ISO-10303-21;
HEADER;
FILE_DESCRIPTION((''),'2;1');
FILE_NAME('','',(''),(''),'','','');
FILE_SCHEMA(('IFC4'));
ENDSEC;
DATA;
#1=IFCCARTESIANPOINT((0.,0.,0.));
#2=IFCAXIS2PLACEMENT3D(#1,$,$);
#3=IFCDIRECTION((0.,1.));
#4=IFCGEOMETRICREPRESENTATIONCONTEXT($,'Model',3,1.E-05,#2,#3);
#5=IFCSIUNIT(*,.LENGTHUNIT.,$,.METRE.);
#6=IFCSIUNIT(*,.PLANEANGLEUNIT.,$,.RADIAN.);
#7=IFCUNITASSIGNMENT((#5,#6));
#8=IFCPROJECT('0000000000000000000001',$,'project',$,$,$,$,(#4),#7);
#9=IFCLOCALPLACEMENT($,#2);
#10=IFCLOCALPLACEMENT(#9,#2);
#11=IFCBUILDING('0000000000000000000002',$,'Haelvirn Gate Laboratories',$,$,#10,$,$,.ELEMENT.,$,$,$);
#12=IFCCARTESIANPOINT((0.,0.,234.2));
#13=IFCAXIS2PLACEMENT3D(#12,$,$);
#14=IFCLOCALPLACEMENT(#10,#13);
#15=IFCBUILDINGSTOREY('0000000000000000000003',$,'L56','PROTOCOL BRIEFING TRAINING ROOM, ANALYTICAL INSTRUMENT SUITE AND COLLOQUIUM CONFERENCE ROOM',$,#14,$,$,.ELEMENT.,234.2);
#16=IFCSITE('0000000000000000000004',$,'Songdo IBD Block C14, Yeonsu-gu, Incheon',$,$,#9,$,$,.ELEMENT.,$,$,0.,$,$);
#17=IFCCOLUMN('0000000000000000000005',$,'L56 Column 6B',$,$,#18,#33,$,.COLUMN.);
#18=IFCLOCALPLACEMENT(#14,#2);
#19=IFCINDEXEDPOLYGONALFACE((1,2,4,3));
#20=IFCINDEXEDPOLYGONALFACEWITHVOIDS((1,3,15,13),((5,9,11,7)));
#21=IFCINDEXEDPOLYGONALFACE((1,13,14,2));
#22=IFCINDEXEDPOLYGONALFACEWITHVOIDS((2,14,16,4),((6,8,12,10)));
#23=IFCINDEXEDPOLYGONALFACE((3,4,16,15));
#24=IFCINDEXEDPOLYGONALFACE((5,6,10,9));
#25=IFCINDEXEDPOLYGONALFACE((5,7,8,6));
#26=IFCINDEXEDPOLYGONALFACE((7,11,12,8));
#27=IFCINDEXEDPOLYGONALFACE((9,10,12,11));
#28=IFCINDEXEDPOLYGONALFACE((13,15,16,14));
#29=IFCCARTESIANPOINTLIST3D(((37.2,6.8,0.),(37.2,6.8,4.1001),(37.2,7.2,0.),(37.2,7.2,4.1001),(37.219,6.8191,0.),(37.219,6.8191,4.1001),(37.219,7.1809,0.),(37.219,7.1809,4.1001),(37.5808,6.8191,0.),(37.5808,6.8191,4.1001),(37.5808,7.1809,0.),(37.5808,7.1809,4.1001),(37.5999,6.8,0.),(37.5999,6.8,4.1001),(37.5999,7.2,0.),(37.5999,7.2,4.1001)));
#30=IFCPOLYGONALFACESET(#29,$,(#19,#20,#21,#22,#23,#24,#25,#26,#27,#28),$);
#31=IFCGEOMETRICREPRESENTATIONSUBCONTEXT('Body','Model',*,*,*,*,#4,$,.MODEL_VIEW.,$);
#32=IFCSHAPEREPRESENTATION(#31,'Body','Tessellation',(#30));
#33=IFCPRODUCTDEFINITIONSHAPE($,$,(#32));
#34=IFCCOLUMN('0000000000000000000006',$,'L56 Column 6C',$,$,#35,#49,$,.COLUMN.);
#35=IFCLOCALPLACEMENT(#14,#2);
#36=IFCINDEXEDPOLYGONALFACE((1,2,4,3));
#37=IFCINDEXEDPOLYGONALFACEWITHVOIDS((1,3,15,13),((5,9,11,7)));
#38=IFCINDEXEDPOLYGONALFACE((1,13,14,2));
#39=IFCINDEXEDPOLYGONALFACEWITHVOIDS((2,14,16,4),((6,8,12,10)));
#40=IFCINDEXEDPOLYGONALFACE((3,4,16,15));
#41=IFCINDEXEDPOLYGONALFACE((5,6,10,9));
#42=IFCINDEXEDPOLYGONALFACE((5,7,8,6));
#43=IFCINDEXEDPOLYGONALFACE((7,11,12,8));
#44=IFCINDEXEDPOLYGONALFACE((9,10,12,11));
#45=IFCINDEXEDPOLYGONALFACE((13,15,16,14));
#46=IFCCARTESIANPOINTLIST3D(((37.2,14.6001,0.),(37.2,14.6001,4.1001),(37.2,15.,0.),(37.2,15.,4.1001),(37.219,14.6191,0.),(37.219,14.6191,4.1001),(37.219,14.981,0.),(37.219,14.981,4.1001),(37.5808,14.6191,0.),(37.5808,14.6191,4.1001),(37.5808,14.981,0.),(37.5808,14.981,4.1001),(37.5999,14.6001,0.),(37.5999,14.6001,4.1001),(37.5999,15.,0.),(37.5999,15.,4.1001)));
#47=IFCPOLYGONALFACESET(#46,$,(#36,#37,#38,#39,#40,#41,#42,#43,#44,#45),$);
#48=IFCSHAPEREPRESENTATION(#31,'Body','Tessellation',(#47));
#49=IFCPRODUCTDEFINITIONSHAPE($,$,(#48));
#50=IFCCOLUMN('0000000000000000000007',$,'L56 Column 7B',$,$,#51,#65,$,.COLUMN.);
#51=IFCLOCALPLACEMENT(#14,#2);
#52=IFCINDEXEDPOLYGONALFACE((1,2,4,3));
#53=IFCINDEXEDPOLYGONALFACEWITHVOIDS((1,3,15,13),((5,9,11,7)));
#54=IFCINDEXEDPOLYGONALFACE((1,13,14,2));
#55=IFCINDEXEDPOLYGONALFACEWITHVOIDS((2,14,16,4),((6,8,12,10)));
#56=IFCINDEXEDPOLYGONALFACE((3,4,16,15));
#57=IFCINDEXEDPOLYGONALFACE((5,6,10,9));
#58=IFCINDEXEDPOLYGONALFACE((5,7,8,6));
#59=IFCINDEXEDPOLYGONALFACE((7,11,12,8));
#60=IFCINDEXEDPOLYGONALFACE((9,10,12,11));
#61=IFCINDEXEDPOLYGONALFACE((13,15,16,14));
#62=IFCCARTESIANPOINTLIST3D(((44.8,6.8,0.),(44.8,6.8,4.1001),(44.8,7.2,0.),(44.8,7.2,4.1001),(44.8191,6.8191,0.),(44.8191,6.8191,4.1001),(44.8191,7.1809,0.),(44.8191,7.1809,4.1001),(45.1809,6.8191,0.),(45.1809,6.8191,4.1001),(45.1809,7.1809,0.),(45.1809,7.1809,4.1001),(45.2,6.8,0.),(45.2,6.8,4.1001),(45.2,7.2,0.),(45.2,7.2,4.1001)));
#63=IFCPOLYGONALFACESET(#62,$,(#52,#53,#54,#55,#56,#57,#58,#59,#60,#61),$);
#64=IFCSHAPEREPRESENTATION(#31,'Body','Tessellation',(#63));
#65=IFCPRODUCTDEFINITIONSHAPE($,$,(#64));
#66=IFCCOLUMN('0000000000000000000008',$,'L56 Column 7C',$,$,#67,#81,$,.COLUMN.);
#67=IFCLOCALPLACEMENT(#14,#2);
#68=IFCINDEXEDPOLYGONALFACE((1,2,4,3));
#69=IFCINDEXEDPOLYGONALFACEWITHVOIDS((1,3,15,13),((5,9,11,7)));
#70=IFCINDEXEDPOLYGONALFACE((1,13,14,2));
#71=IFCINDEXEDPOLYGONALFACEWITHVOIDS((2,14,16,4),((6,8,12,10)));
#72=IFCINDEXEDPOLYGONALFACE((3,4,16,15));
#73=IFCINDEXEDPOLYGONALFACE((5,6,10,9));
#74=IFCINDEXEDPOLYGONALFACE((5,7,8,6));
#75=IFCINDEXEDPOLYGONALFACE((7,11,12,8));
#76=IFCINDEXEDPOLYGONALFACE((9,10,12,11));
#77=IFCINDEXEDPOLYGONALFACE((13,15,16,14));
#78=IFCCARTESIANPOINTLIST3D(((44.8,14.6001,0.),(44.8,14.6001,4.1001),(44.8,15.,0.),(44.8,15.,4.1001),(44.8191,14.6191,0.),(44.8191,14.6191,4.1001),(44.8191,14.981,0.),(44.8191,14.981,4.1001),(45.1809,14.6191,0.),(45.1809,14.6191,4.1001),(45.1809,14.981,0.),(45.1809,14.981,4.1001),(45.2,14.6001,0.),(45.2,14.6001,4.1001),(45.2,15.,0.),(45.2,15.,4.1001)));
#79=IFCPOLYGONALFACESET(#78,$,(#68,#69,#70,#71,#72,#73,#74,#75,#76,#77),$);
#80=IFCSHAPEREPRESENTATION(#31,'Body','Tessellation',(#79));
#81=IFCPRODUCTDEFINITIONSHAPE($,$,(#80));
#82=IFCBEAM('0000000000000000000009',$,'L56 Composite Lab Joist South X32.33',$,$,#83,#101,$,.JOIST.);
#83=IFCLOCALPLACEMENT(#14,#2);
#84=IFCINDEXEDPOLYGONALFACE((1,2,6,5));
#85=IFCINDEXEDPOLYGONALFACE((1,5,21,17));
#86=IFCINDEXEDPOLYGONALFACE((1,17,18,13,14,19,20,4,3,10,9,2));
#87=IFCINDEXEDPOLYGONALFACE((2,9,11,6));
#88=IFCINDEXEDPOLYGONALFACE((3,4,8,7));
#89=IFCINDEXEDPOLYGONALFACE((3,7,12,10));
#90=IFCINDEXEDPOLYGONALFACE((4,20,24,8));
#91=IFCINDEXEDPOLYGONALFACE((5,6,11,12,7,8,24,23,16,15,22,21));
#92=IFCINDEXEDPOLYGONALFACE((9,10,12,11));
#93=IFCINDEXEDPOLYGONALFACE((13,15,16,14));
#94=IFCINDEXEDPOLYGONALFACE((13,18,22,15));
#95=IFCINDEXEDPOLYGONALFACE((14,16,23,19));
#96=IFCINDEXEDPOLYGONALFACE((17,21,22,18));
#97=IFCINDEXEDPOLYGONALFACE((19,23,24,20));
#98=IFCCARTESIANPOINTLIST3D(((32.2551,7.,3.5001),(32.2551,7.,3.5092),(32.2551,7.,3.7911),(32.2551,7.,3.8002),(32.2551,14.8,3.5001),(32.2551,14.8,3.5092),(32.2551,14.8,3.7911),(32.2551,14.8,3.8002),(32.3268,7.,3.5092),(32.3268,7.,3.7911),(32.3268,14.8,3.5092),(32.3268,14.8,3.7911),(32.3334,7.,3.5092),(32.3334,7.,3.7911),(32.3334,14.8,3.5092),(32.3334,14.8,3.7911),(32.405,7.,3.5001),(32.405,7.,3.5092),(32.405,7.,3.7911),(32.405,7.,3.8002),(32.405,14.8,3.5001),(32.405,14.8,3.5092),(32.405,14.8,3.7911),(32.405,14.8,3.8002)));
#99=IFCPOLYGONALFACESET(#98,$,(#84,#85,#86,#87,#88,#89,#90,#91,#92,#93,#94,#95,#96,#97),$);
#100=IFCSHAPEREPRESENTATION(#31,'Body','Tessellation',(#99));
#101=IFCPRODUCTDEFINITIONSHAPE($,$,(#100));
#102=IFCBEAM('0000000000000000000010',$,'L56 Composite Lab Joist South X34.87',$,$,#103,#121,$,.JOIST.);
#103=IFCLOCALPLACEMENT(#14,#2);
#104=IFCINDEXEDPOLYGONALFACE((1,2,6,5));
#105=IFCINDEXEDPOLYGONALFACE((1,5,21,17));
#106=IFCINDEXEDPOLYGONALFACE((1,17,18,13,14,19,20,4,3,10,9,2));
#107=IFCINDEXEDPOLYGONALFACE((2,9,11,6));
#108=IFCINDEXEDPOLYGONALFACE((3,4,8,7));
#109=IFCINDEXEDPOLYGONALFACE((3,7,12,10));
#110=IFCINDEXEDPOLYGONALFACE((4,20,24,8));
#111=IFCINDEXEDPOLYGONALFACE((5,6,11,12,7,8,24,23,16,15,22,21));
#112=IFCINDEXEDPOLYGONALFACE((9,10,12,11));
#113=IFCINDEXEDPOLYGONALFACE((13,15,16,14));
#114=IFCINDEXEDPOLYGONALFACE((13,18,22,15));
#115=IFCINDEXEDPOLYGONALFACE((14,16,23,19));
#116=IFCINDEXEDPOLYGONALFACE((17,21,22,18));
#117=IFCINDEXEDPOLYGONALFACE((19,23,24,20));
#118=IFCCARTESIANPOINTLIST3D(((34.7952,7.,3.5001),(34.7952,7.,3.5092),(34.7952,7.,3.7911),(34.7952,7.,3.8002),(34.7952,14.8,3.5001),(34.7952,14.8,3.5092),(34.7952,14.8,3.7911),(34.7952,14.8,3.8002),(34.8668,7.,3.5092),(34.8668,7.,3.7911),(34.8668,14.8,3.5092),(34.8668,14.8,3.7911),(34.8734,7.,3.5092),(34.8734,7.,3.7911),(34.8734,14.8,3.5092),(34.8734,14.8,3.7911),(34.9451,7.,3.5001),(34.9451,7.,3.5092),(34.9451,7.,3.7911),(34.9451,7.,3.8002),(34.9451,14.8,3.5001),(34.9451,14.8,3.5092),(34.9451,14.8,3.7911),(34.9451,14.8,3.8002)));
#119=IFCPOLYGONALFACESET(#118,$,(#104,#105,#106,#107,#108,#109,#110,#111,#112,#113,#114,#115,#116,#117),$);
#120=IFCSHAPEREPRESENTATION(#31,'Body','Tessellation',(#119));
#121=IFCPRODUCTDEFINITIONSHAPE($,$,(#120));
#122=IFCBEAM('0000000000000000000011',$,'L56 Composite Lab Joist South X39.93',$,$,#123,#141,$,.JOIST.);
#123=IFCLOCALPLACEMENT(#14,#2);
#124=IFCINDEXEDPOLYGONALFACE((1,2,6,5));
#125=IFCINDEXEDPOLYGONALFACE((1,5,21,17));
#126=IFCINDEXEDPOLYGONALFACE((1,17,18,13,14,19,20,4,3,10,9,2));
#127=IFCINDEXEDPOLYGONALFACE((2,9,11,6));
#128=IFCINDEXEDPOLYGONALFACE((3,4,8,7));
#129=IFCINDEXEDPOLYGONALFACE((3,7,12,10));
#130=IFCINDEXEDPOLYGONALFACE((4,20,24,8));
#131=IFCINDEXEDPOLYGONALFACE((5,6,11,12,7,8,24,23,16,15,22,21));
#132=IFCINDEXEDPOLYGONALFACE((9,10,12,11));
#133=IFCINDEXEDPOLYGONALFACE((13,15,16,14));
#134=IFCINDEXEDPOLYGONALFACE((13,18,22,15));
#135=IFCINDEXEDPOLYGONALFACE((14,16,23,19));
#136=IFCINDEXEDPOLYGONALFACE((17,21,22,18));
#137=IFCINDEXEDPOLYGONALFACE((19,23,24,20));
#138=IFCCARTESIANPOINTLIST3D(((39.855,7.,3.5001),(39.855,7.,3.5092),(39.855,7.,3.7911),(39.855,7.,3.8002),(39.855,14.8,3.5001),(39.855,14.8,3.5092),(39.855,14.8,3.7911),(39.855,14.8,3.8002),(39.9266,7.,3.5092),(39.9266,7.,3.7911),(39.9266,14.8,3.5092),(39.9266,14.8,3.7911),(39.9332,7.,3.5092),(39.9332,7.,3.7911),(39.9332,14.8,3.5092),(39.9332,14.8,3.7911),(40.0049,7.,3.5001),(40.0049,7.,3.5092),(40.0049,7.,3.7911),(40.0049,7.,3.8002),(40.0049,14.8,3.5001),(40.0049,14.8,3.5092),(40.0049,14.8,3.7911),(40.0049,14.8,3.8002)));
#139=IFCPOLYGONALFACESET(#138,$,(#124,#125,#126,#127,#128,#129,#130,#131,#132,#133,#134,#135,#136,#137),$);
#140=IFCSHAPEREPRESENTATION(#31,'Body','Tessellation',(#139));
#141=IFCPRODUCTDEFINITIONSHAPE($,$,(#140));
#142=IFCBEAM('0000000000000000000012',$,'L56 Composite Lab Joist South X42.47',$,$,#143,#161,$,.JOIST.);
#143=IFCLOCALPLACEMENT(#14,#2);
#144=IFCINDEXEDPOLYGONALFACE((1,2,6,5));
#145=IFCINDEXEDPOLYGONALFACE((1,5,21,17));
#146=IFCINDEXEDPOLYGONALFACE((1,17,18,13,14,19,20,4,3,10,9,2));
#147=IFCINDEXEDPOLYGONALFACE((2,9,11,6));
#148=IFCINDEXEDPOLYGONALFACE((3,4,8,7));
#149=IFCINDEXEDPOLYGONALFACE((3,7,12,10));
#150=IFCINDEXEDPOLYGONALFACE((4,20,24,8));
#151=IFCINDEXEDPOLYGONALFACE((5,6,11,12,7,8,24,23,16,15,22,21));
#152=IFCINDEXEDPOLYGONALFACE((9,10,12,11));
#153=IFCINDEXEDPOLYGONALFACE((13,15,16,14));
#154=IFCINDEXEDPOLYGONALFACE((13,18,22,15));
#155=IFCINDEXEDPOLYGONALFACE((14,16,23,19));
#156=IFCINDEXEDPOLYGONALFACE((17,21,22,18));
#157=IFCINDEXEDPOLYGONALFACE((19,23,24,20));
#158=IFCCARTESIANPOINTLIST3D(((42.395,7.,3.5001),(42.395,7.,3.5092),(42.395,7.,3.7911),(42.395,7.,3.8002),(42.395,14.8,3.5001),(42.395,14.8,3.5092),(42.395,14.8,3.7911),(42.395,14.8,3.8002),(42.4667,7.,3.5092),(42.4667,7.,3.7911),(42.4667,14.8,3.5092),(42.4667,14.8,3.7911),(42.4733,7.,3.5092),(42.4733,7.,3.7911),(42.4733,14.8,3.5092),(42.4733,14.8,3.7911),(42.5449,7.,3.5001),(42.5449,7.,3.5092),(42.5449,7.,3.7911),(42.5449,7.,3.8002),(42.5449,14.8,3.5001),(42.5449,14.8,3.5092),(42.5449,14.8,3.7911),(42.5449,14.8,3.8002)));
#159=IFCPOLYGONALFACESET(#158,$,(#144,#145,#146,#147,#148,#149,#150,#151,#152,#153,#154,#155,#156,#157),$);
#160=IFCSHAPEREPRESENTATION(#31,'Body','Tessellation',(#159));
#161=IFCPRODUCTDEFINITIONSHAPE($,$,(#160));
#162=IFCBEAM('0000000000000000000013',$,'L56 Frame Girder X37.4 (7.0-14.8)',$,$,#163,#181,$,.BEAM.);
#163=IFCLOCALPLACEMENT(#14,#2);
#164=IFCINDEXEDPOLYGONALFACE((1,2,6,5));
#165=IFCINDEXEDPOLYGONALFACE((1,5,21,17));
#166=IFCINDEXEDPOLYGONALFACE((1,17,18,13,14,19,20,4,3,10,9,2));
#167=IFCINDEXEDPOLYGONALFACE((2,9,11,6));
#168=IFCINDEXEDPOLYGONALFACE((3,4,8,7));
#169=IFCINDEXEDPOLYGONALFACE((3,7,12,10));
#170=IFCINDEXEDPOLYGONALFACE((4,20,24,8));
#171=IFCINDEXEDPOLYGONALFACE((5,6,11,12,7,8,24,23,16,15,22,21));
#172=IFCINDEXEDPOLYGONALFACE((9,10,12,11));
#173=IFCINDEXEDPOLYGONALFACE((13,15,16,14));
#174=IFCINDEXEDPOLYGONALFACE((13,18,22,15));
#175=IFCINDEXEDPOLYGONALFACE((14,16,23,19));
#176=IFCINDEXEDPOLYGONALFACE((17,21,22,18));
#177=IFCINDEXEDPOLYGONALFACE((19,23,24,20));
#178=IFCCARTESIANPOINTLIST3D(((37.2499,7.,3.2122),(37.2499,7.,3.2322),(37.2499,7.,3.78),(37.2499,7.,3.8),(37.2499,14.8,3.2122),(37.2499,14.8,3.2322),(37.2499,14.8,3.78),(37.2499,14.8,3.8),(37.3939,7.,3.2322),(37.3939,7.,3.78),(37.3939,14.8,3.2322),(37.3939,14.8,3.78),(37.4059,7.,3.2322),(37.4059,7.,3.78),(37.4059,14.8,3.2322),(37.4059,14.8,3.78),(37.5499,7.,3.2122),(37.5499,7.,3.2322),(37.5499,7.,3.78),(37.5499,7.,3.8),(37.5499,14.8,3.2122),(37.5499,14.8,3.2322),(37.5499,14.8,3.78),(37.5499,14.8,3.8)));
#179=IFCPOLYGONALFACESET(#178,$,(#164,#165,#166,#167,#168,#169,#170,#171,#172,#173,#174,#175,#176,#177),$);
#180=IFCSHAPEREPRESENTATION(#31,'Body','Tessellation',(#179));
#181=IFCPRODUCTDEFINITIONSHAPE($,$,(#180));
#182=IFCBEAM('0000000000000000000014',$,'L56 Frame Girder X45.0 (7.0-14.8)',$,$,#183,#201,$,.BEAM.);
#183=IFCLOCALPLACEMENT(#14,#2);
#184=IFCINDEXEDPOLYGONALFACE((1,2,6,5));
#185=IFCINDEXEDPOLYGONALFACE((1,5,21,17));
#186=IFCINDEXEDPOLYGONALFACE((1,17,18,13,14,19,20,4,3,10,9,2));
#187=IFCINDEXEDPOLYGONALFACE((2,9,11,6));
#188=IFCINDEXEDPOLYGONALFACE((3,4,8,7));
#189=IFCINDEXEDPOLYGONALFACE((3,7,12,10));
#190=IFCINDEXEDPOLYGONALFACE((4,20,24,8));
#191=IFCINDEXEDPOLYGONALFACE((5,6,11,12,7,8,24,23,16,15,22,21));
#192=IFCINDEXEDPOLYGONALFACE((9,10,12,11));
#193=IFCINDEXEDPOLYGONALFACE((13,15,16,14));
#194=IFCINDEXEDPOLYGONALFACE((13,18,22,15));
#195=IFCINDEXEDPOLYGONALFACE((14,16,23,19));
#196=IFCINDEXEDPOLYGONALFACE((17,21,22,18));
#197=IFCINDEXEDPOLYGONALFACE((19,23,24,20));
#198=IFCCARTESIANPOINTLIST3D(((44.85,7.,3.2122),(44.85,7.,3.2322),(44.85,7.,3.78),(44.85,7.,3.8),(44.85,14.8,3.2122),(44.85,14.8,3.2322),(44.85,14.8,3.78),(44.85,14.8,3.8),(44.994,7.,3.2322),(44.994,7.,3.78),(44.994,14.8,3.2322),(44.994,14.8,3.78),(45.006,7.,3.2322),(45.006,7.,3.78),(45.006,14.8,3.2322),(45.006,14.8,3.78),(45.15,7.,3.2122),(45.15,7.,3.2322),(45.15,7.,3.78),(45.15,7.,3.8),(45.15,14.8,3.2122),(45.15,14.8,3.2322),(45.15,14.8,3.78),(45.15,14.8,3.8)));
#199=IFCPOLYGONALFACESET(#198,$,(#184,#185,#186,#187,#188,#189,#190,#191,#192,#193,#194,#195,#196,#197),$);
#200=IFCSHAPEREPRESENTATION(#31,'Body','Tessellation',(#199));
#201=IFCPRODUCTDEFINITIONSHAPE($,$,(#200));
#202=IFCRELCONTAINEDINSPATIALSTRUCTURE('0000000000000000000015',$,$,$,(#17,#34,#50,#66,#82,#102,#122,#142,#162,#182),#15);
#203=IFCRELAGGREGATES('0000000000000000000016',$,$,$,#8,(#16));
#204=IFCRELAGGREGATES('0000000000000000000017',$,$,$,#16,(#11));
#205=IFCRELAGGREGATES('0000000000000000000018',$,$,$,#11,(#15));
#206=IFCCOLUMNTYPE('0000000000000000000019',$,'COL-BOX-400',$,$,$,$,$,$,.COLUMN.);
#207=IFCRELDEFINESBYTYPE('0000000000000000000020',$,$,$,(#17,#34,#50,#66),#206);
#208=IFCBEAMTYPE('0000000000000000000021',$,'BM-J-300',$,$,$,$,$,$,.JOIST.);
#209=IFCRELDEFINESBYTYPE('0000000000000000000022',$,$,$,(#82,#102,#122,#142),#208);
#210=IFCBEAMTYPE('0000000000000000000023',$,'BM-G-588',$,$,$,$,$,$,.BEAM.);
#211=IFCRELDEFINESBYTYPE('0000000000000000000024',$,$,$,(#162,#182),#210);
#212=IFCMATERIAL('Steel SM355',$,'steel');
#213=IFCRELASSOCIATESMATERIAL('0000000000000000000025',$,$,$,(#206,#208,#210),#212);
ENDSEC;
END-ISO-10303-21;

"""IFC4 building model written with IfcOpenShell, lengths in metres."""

from ifc_helpers import new_model, si_unit, direction, frame, origin, origin_2d, place, context, subcontext, project, spatial, hollow_rectangle, i_section, extrude, source, transform, mapped, material, material_profile, profile_set, type_object, type_shapes, element, save


model = new_model("IFC4")

# Units and contexts
model_context = context("Model", 3, precision=1e-05, world=origin(), true_north=direction((0.0, 1.0)))
body_context = subcontext(model_context, "Body", "Model", "MODEL_VIEW")
ifc_project = project(units=[si_unit("LENGTHUNIT", "METRE"), si_unit("PLANEANGLEUNIT", "RADIAN")], contexts=[model_context])

# Site, building, storey
site_placement = place(None, origin())
site = spatial("IfcSite", under=ifc_project, at=site_placement, Name="Songdo IBD Block C14, Yeonsu-gu, Incheon", CompositionType="ELEMENT", RefElevation=0.0)
building_placement = place(site_placement, origin())
building = spatial("IfcBuilding", under=site, at=building_placement, Name="Haelvirn Gate Laboratories", CompositionType="ELEMENT")
storey_placement = place(building_placement, frame((0.0, 0.0, 234.2)))
storey = spatial("IfcBuildingStorey", under=building, at=storey_placement, Name="L56", Description="PROTOCOL BRIEFING TRAINING ROOM, ANALYTICAL INSTRUMENT SUITE AND COLLOQUIUM CONFERENCE ROOM", CompositionType="ELEMENT", Elevation=234.2)

# Columns
ifc_material_1 = material(Name="Steel SM355", Category="steel")
ifc_material_profile_1 = material_profile(ifc_material_1, hollow_rectangle(XDim=0.3999, YDim=0.3999, WallThickness=0.019, at=origin_2d()), Name="BOX-400x400x19")
ifc_profile_set_1 = profile_set([ifc_material_profile_1], Name="Steel SM355")
column_type = type_object("IfcColumnType", Name="COL-BOX-400", PredefinedType="COLUMN", material=ifc_profile_set_1)
shared_shape_1 = source(origin(), body_context, "Body", "SweptSolid", [
    extrude(hollow_rectangle(XDim=0.3999, YDim=0.3999, WallThickness=0.019, at=origin_2d()), origin(), (0.0, 0.0, 1.0), 4.1001),
])
type_shapes(column_type, [shared_shape_1])
for number, where, z_axis, x_axis, name in (
    (1, (37.3999, 7.0, 0.0), (0.0, 0.0, 1.0), (1.0, 0.0, 0.0), "L56 Column 6B"),
    (2, (37.3999, 14.8, 0.0), (0.0, 0.0, 1.0), (1.0, 0.0, 0.0), "L56 Column 6C"),
    (3, (45.0, 7.0, 0.0), (0.0, 0.0, 1.0), (1.0, 0.0, 0.0), "L56 Column 7B"),
    (4, (45.0, 14.8, 0.0), (0.0, 0.0, 1.0), (1.0, 0.0, 0.0), "L56 Column 7C"),
):
    element("IfcColumn", number, at=place(storey_placement, frame(where, z_axis=z_axis, x_axis=x_axis)), inside=storey, type_object=column_type, Name=name, PredefinedType="COLUMN", context=body_context, shape_type="MappedRepresentation", body=[
        mapped(shared_shape_1, transform((0.0, 0.0, 0.0), scale=1.0)),
    ])

# Beams
ifc_material_profile_2 = material_profile(ifc_material_1, i_section(OverallWidth=0.1499, OverallDepth=0.3, WebThickness=0.0066, FlangeThickness=0.009, at=origin_2d()), Name="H-300x150x6.5x9")
ifc_profile_set_2 = profile_set([ifc_material_profile_2], Name="Steel SM355")
beam_type_1 = type_object("IfcBeamType", Name="BM-J-300", PredefinedType="JOIST", material=ifc_profile_set_2)
shared_shape_2 = source(origin(), body_context, "Body", "SweptSolid", [
    extrude(i_section(OverallWidth=0.1499, OverallDepth=0.3, WebThickness=0.0066, FlangeThickness=0.009, at=origin_2d()), origin(), (0.0, 0.0, 1.0), 7.8),
])
type_shapes(beam_type_1, [shared_shape_2])
for number, where, z_axis, x_axis, name in (
    (5, (32.3301, 7.0, 3.6501), (0.0, 1.0, 0.0), (-1.0, 0.0, 0.0), "L56 Composite Lab Joist South X32.33"),
    (6, (34.8701, 7.0, 3.6501), (0.0, 1.0, 0.0), (-1.0, 0.0, 0.0), "L56 Composite Lab Joist South X34.87"),
    (7, (39.9299, 7.0, 3.6501), (0.0, 1.0, 0.0), (-1.0, 0.0, 0.0), "L56 Composite Lab Joist South X39.93"),
    (8, (42.47, 7.0, 3.6501), (0.0, 1.0, 0.0), (-1.0, 0.0, 0.0), "L56 Composite Lab Joist South X42.47"),
):
    element("IfcBeam", number, at=place(storey_placement, frame(where, z_axis=z_axis, x_axis=x_axis)), inside=storey, type_object=beam_type_1, Name=name, PredefinedType="JOIST", context=body_context, shape_type="MappedRepresentation", body=[
        mapped(shared_shape_2, transform((0.0, 0.0, 0.0), scale=1.0)),
    ])
ifc_material_profile_3 = material_profile(ifc_material_1, i_section(OverallWidth=0.3, OverallDepth=0.5879, WebThickness=0.012, FlangeThickness=0.02, at=origin_2d()), Name="H-588x300x12x20")
ifc_profile_set_3 = profile_set([ifc_material_profile_3], Name="Steel SM355")
beam_type_2 = type_object("IfcBeamType", Name="BM-G-588", PredefinedType="BEAM", material=ifc_profile_set_3)
shared_shape_3 = source(origin(), body_context, "Body", "SweptSolid", [
    extrude(i_section(OverallWidth=0.3, OverallDepth=0.5879, WebThickness=0.012, FlangeThickness=0.02, at=origin_2d()), origin(), (0.0, 0.0, 1.0), 7.8),
])
type_shapes(beam_type_2, [shared_shape_3])
for number, where, z_axis, x_axis, name in (
    (9, (37.3999, 7.0, 3.5061), (0.0, 1.0, 0.0), (-1.0, 0.0, 0.0), "L56 Frame Girder X37.4 (7.0-14.8)"),
    (10, (45.0, 7.0, 3.5061), (0.0, 1.0, 0.0), (-1.0, 0.0, 0.0), "L56 Frame Girder X45.0 (7.0-14.8)"),
):
    element("IfcBeam", number, at=place(storey_placement, frame(where, z_axis=z_axis, x_axis=x_axis)), inside=storey, type_object=beam_type_2, Name=name, PredefinedType="BEAM", context=body_context, shape_type="MappedRepresentation", body=[
        mapped(shared_shape_3, transform((0.0, 0.0, 0.0), scale=1.0)),
    ])

save(model, "model.ifc")
